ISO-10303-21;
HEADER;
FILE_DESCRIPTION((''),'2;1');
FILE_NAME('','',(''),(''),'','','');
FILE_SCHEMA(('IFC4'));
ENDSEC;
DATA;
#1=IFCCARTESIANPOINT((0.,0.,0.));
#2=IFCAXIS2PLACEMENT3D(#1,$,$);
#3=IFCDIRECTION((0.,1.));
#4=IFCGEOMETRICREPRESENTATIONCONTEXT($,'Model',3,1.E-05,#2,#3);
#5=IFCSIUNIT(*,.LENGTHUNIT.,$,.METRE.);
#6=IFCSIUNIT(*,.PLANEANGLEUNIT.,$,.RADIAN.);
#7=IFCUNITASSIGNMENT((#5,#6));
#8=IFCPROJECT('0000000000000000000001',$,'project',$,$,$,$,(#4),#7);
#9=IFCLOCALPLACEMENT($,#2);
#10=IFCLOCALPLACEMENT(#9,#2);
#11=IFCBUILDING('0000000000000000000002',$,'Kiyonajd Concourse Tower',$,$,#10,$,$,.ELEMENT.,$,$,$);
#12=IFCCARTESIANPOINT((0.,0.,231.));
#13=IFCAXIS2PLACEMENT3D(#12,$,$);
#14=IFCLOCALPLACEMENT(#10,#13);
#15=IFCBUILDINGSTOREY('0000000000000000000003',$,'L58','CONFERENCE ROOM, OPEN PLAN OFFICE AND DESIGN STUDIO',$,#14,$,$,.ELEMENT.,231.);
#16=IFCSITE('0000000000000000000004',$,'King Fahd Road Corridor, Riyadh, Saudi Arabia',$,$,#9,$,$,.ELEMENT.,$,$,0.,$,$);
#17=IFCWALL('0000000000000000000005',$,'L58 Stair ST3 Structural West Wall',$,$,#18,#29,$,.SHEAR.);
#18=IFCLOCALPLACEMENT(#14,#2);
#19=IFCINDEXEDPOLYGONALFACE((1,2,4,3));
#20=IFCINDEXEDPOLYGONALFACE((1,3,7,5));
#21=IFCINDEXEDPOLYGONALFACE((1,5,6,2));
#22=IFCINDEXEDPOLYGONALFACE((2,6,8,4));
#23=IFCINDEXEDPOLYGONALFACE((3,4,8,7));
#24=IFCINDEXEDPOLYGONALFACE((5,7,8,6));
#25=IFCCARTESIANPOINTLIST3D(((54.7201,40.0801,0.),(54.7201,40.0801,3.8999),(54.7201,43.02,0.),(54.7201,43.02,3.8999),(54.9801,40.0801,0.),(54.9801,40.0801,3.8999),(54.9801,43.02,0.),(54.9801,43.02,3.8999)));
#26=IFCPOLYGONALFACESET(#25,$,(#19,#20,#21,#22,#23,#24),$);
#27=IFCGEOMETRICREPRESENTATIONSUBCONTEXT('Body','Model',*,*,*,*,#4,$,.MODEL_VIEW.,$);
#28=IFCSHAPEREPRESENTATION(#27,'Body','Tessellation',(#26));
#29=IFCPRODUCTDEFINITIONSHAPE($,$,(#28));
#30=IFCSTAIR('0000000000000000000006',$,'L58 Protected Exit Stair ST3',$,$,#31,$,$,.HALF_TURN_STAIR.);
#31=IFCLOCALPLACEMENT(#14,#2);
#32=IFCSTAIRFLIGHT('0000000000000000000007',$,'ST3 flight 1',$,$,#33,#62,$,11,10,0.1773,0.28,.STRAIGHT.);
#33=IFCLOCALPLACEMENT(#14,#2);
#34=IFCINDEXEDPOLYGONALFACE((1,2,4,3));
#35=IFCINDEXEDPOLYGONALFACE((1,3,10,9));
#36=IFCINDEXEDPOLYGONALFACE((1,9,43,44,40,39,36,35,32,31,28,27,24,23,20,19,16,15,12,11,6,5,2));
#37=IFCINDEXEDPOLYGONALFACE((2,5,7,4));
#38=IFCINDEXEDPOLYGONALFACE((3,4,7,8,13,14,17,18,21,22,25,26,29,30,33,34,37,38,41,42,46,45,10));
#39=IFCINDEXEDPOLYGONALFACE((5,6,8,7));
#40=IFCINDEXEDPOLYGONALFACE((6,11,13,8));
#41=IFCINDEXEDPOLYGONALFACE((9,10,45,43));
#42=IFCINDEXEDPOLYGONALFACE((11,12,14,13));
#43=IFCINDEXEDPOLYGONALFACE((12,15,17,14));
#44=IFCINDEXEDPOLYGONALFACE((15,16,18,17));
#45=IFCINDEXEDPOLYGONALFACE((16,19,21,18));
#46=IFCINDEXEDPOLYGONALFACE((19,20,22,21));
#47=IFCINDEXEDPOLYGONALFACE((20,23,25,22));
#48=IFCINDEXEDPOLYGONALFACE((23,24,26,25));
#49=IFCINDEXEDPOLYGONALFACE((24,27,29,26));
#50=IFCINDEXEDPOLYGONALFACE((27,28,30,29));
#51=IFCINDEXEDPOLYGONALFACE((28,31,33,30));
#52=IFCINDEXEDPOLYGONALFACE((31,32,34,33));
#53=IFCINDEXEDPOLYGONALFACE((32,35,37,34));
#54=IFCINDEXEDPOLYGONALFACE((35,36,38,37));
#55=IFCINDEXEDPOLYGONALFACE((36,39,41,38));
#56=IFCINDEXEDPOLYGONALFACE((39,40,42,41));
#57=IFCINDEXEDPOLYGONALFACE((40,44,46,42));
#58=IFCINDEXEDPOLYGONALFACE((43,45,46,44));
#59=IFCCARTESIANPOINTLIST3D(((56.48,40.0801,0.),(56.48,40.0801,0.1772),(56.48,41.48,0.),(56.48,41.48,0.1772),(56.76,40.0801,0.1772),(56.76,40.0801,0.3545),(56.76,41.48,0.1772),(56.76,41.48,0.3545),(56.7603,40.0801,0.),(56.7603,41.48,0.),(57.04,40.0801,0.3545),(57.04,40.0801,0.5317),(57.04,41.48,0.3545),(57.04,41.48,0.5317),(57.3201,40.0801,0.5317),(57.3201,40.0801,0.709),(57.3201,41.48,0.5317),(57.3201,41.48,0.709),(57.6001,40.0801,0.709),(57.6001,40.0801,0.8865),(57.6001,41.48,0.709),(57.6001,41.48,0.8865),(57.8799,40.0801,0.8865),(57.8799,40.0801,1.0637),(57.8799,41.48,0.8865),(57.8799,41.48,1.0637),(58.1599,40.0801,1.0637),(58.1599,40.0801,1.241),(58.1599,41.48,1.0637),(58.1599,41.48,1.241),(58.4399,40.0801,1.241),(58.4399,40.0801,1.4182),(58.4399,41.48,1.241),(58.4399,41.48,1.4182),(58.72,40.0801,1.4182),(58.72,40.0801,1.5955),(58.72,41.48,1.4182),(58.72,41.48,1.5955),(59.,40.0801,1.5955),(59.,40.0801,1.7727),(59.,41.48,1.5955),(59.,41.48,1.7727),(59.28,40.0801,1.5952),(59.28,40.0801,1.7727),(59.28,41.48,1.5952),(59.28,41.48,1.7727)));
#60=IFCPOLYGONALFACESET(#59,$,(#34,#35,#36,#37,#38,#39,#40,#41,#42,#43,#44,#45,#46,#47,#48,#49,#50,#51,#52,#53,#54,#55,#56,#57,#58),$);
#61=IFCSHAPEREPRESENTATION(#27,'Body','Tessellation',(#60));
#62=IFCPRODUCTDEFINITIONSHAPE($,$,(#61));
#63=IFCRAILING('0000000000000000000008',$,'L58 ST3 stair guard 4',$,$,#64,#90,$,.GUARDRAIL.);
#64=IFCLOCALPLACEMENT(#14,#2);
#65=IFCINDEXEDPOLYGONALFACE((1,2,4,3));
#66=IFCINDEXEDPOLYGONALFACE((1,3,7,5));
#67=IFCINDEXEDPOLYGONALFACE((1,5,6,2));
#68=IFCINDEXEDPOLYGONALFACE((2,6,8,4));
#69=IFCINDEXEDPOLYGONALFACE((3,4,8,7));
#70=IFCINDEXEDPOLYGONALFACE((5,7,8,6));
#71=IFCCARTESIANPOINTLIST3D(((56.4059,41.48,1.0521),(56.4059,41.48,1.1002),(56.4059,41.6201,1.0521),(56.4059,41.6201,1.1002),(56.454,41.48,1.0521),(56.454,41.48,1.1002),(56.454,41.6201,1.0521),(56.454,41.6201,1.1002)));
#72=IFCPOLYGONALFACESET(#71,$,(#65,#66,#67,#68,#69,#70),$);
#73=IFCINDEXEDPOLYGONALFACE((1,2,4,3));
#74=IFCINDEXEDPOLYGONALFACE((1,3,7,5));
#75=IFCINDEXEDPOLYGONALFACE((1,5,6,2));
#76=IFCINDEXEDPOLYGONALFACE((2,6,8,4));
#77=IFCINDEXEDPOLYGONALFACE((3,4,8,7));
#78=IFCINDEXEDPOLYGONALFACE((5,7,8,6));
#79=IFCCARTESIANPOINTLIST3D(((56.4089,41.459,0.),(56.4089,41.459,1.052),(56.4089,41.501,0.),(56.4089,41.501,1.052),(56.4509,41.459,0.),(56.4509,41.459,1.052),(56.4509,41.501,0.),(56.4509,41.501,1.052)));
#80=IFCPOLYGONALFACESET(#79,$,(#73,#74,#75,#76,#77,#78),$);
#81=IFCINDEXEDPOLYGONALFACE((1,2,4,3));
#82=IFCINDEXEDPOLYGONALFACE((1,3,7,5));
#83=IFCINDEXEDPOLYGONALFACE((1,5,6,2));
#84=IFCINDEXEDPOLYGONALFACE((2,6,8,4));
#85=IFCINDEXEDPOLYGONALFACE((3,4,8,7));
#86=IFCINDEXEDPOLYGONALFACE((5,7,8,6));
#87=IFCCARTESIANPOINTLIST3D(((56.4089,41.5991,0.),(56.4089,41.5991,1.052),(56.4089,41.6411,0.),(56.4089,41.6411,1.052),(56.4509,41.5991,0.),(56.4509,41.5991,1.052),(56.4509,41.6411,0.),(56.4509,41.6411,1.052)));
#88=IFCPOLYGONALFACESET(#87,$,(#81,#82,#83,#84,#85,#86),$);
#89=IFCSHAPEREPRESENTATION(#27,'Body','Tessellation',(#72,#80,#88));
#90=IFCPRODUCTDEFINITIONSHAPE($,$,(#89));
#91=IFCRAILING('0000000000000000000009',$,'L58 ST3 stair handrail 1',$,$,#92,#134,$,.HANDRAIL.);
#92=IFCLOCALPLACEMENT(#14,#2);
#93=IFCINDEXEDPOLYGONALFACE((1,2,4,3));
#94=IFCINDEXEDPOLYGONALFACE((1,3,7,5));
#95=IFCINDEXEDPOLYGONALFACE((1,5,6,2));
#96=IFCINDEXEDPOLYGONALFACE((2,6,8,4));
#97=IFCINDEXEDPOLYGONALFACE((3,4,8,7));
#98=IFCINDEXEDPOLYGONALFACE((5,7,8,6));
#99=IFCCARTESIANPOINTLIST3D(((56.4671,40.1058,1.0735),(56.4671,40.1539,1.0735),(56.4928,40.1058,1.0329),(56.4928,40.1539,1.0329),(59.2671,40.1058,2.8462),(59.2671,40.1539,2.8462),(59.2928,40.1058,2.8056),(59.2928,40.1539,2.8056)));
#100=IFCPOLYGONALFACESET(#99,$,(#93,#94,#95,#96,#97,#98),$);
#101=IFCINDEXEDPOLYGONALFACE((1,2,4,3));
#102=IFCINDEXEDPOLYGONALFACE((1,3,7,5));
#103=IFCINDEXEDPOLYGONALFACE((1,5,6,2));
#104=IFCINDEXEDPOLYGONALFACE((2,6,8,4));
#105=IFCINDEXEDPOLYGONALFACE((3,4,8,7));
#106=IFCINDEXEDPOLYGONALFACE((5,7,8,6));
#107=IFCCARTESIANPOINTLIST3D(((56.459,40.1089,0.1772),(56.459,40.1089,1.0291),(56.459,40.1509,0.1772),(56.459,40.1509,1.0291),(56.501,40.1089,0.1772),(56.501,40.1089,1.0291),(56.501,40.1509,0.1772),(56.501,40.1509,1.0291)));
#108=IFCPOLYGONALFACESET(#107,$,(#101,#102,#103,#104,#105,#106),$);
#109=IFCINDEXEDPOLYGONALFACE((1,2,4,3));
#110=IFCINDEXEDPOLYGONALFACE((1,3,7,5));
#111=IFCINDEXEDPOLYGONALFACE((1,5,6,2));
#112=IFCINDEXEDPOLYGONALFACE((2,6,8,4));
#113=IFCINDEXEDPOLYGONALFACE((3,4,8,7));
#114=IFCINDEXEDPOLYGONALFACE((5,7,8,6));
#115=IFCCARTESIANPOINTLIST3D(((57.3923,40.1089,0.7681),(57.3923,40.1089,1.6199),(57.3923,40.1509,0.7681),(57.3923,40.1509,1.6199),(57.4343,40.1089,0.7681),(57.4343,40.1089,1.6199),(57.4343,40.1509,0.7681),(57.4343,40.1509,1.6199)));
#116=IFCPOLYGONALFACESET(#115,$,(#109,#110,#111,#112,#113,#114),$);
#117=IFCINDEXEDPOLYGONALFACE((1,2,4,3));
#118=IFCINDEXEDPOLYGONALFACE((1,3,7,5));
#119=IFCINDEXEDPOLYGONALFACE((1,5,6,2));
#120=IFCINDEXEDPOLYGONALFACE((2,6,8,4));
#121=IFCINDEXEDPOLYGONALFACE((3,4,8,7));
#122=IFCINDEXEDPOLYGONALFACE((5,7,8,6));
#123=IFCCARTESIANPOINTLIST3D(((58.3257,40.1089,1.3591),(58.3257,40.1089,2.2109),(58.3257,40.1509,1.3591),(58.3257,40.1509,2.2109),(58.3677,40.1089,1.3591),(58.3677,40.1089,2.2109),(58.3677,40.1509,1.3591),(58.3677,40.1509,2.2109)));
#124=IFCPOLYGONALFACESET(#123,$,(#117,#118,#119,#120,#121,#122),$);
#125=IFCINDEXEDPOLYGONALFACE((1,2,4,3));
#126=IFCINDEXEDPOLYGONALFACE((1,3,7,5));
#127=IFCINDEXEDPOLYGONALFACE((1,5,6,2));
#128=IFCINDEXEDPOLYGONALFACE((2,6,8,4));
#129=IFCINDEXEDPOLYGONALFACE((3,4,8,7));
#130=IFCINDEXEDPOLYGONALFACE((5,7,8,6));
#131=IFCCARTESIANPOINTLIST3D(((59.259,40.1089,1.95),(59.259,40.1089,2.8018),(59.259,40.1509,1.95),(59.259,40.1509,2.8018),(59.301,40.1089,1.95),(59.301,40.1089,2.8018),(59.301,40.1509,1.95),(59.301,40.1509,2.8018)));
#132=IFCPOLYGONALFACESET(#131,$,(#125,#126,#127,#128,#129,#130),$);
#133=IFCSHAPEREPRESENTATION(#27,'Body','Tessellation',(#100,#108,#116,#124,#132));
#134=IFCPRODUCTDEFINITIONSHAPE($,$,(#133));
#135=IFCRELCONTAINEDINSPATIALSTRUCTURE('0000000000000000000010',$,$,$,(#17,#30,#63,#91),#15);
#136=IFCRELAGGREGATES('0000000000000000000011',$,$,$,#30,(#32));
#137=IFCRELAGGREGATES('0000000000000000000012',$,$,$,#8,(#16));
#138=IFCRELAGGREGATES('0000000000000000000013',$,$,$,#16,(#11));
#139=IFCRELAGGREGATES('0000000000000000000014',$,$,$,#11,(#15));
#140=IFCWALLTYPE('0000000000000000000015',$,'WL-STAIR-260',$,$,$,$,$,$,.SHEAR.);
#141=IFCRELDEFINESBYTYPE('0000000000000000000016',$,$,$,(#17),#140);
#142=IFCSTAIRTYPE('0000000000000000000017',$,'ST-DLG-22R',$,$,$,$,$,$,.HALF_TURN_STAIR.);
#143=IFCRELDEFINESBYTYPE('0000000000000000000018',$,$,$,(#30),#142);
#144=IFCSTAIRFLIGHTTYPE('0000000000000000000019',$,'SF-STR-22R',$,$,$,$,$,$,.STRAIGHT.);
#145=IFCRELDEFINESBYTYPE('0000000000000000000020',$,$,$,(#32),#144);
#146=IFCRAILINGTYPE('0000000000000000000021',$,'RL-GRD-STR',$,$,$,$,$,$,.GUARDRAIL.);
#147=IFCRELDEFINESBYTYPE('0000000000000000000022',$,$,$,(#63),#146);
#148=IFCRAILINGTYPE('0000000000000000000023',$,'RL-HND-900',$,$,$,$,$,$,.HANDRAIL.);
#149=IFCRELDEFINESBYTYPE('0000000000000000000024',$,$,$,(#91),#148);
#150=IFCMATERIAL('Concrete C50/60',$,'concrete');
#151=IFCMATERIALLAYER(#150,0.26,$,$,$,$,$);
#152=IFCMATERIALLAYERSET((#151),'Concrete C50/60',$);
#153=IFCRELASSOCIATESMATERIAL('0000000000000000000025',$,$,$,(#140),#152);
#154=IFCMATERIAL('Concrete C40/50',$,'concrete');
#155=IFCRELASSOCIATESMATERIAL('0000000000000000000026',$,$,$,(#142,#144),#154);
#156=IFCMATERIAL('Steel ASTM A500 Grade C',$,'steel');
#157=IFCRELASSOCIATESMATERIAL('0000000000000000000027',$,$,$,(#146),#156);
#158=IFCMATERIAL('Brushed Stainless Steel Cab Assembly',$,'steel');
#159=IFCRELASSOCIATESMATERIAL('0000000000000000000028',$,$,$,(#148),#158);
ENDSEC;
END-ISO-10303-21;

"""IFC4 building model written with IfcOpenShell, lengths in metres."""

from ifc_helpers import new_model, si_unit, direction, frame, frame_2d, origin, origin_2d, place, context, subcontext, project, spatial, polyline, rectangle, outline, extrude, material, layer, layer_set, type_object, element, aggregate, save


model = new_model("IFC4")

# Units and contexts
model_context = context("Model", 3, precision=1e-05, world=origin(), true_north=direction((0.0, 1.0)))
body_context = subcontext(model_context, "Body", "Model", "MODEL_VIEW")
ifc_project = project(units=[si_unit("LENGTHUNIT", "METRE"), si_unit("PLANEANGLEUNIT", "RADIAN")], contexts=[model_context])

# Site, building, storey
site_placement = place(None, origin())
site = spatial("IfcSite", under=ifc_project, at=site_placement, Name="King Fahd Road Corridor, Riyadh, Saudi Arabia", CompositionType="ELEMENT", RefElevation=0.0)
building_placement = place(site_placement, origin())
building = spatial("IfcBuilding", under=site, at=building_placement, Name="Kiyonajd Concourse Tower", CompositionType="ELEMENT")
storey_placement = place(building_placement, frame((0.0, 0.0, 231.0)))
storey = spatial("IfcBuildingStorey", under=building, at=storey_placement, Name="L58", Description="CONFERENCE ROOM, OPEN PLAN OFFICE AND DESIGN STUDIO", CompositionType="ELEMENT", Elevation=231.0)

# Shared definitions
ifc_material_1 = material(Name="Concrete C50/60", Category="concrete")

# Shared definitions
ifc_material_2 = material(Name="Brushed Stainless Steel Cab Assembly", Category="steel")

# Shared definitions
ifc_layer_1 = layer(ifc_material_1, 0.26)
ifc_layer_set_1 = layer_set([ifc_layer_1], Name="Concrete C50/60")
wall_type_1 = type_object("IfcWallType", Name="WL-STAIR-260", PredefinedType="SHEAR", material=ifc_layer_set_1)

# Wall
wall_1_placement = place(storey_placement, frame((54.8501, 40.0801, 0.0), z_axis=(0.0, 0.0, 1.0), x_axis=(0.0, 1.0, 0.0)))
element("IfcWall", 1, at=wall_1_placement, inside=storey, type_object=wall_type_1, Name="L58 Stair ST3 Structural West Wall", PredefinedType="SHEAR", context=body_context, shape_type="SweptSolid", body=[
    extrude(rectangle(XDim=2.9399, YDim=0.26, at=frame_2d((1.47, 0.0))), origin(), (0.0, 0.0, 1.0), 3.8999),
])

# Stair, stair flight
ifc_material_3 = material(Name="Concrete C40/50", Category="concrete")
stair_type = type_object("IfcStairType", Name="ST-DLG-22R", PredefinedType="HALF_TURN_STAIR", material=ifc_material_3)
stair_placement = place(storey_placement, origin())
stair = element("IfcStair", 2, at=stair_placement, inside=storey, type_object=stair_type, Name="L58 Protected Exit Stair ST3", PredefinedType="HALF_TURN_STAIR")
stair_flight_type = type_object("IfcStairFlightType", Name="SF-STR-22R", PredefinedType="STRAIGHT", material=ifc_material_3)
stair_flight_placement = place(storey_placement, frame((56.48, 40.78, 0.0), z_axis=(0.0, 0.0, 1.0), x_axis=(1.0, 0.0, 0.0)))
stair_flight = element("IfcStairFlight", 3, at=stair_flight_placement, type_object=stair_flight_type, Name="ST3 flight 1", NumberOfRisers=11, NumberOfTreads=10, PredefinedType="STRAIGHT", RiserHeight=0.1773, TreadLength=0.28, context=body_context, shape_type="SweptSolid", body=[
    extrude(outline(polyline([(0.0, 0.0), (0.0, 0.1772), (0.28, 0.1772), (0.28, 0.3545), (0.5601, 0.3545), (0.5601, 0.5317), (0.8401, 0.5317), (0.8401, 0.709), (1.1201, 0.709), (1.1201, 0.8865), (1.3999, 0.8865), (1.3999, 1.0637), (1.6799, 1.0637), (1.6799, 1.241), (1.96, 1.241), (1.96, 1.4182), (2.24, 1.4182), (2.24, 1.5955), (2.52, 1.5955), (2.52, 1.7727), (2.8, 1.7727), (2.8, 1.95), (2.8, 1.5952), (0.2803, 0.0), (0.0, 0.0)])), frame((0.0, 0.7, 0.0), z_axis=(0.0, -1.0, 0.0), x_axis=(1.0, 0.0, 0.0)), (0.0, 0.0, 1.0), 1.3999),
])
aggregate(stair, [stair_flight])

# Railings
ifc_material_4 = material(Name="Steel ASTM A500 Grade C", Category="steel")
railing_type_1 = type_object("IfcRailingType", Name="RL-GRD-STR", PredefinedType="GUARDRAIL", material=ifc_material_4)
railing_1_placement = place(storey_placement, frame((56.4299, 41.48, 0.0)))
element("IfcRailing", 4, at=railing_1_placement, inside=storey, type_object=railing_type_1, Name="L58 ST3 stair guard 4", PredefinedType="GUARDRAIL", context=body_context, shape_type="SweptSolid", body=[
    extrude(rectangle(XDim=0.0481, YDim=0.0481, at=origin_2d()), frame((0.0, 0.0, 1.0762), z_axis=(0.0, 1.0, 0.0), x_axis=(-1.0, 0.0, 0.0)), (0.0, 0.0, 1.0), 0.1401),
    extrude(rectangle(XDim=0.042, YDim=0.042, at=origin_2d()), origin(), (0.0, 0.0, 1.0), 1.052),
    extrude(rectangle(XDim=0.042, YDim=0.042, at=origin_2d()), frame((0.0, 0.1401, 0.0)), (0.0, 0.0, 1.0), 1.052),
])
railing_type_2 = type_object("IfcRailingType", Name="RL-HND-900", PredefinedType="HANDRAIL", material=ifc_material_2)
railing_2_placement = place(storey_placement, frame((56.48, 40.1299, 0.1772)))
element("IfcRailing", 5, at=railing_2_placement, inside=storey, type_object=railing_type_2, Name="L58 ST3 stair handrail 1", PredefinedType="HANDRAIL", context=body_context, shape_type="SweptSolid", body=[
    extrude(rectangle(XDim=0.0481, YDim=0.0481, at=origin_2d()), frame((0.0, 0.0, 0.876), z_axis=(0.844909, 0.0, 0.53491), x_axis=(0.0, 1.0, 0.0)), (0.0, 0.0, 1.0), 3.314),
    extrude(rectangle(XDim=0.042, YDim=0.042, at=origin_2d()), origin(), (0.0, 0.0, 1.0), 0.8518),
    extrude(rectangle(XDim=0.042, YDim=0.042, at=origin_2d()), frame((0.9333, 0.0, 0.5908)), (0.0, 0.0, 1.0), 0.8518),
    extrude(rectangle(XDim=0.042, YDim=0.042, at=origin_2d()), frame((1.8667, 0.0, 1.1819)), (0.0, 0.0, 1.0), 0.8518),
    extrude(rectangle(XDim=0.042, YDim=0.042, at=origin_2d()), frame((2.8, 0.0, 1.7727)), (0.0, 0.0, 1.0), 0.8518),
])

save(model, "model.ifc")
